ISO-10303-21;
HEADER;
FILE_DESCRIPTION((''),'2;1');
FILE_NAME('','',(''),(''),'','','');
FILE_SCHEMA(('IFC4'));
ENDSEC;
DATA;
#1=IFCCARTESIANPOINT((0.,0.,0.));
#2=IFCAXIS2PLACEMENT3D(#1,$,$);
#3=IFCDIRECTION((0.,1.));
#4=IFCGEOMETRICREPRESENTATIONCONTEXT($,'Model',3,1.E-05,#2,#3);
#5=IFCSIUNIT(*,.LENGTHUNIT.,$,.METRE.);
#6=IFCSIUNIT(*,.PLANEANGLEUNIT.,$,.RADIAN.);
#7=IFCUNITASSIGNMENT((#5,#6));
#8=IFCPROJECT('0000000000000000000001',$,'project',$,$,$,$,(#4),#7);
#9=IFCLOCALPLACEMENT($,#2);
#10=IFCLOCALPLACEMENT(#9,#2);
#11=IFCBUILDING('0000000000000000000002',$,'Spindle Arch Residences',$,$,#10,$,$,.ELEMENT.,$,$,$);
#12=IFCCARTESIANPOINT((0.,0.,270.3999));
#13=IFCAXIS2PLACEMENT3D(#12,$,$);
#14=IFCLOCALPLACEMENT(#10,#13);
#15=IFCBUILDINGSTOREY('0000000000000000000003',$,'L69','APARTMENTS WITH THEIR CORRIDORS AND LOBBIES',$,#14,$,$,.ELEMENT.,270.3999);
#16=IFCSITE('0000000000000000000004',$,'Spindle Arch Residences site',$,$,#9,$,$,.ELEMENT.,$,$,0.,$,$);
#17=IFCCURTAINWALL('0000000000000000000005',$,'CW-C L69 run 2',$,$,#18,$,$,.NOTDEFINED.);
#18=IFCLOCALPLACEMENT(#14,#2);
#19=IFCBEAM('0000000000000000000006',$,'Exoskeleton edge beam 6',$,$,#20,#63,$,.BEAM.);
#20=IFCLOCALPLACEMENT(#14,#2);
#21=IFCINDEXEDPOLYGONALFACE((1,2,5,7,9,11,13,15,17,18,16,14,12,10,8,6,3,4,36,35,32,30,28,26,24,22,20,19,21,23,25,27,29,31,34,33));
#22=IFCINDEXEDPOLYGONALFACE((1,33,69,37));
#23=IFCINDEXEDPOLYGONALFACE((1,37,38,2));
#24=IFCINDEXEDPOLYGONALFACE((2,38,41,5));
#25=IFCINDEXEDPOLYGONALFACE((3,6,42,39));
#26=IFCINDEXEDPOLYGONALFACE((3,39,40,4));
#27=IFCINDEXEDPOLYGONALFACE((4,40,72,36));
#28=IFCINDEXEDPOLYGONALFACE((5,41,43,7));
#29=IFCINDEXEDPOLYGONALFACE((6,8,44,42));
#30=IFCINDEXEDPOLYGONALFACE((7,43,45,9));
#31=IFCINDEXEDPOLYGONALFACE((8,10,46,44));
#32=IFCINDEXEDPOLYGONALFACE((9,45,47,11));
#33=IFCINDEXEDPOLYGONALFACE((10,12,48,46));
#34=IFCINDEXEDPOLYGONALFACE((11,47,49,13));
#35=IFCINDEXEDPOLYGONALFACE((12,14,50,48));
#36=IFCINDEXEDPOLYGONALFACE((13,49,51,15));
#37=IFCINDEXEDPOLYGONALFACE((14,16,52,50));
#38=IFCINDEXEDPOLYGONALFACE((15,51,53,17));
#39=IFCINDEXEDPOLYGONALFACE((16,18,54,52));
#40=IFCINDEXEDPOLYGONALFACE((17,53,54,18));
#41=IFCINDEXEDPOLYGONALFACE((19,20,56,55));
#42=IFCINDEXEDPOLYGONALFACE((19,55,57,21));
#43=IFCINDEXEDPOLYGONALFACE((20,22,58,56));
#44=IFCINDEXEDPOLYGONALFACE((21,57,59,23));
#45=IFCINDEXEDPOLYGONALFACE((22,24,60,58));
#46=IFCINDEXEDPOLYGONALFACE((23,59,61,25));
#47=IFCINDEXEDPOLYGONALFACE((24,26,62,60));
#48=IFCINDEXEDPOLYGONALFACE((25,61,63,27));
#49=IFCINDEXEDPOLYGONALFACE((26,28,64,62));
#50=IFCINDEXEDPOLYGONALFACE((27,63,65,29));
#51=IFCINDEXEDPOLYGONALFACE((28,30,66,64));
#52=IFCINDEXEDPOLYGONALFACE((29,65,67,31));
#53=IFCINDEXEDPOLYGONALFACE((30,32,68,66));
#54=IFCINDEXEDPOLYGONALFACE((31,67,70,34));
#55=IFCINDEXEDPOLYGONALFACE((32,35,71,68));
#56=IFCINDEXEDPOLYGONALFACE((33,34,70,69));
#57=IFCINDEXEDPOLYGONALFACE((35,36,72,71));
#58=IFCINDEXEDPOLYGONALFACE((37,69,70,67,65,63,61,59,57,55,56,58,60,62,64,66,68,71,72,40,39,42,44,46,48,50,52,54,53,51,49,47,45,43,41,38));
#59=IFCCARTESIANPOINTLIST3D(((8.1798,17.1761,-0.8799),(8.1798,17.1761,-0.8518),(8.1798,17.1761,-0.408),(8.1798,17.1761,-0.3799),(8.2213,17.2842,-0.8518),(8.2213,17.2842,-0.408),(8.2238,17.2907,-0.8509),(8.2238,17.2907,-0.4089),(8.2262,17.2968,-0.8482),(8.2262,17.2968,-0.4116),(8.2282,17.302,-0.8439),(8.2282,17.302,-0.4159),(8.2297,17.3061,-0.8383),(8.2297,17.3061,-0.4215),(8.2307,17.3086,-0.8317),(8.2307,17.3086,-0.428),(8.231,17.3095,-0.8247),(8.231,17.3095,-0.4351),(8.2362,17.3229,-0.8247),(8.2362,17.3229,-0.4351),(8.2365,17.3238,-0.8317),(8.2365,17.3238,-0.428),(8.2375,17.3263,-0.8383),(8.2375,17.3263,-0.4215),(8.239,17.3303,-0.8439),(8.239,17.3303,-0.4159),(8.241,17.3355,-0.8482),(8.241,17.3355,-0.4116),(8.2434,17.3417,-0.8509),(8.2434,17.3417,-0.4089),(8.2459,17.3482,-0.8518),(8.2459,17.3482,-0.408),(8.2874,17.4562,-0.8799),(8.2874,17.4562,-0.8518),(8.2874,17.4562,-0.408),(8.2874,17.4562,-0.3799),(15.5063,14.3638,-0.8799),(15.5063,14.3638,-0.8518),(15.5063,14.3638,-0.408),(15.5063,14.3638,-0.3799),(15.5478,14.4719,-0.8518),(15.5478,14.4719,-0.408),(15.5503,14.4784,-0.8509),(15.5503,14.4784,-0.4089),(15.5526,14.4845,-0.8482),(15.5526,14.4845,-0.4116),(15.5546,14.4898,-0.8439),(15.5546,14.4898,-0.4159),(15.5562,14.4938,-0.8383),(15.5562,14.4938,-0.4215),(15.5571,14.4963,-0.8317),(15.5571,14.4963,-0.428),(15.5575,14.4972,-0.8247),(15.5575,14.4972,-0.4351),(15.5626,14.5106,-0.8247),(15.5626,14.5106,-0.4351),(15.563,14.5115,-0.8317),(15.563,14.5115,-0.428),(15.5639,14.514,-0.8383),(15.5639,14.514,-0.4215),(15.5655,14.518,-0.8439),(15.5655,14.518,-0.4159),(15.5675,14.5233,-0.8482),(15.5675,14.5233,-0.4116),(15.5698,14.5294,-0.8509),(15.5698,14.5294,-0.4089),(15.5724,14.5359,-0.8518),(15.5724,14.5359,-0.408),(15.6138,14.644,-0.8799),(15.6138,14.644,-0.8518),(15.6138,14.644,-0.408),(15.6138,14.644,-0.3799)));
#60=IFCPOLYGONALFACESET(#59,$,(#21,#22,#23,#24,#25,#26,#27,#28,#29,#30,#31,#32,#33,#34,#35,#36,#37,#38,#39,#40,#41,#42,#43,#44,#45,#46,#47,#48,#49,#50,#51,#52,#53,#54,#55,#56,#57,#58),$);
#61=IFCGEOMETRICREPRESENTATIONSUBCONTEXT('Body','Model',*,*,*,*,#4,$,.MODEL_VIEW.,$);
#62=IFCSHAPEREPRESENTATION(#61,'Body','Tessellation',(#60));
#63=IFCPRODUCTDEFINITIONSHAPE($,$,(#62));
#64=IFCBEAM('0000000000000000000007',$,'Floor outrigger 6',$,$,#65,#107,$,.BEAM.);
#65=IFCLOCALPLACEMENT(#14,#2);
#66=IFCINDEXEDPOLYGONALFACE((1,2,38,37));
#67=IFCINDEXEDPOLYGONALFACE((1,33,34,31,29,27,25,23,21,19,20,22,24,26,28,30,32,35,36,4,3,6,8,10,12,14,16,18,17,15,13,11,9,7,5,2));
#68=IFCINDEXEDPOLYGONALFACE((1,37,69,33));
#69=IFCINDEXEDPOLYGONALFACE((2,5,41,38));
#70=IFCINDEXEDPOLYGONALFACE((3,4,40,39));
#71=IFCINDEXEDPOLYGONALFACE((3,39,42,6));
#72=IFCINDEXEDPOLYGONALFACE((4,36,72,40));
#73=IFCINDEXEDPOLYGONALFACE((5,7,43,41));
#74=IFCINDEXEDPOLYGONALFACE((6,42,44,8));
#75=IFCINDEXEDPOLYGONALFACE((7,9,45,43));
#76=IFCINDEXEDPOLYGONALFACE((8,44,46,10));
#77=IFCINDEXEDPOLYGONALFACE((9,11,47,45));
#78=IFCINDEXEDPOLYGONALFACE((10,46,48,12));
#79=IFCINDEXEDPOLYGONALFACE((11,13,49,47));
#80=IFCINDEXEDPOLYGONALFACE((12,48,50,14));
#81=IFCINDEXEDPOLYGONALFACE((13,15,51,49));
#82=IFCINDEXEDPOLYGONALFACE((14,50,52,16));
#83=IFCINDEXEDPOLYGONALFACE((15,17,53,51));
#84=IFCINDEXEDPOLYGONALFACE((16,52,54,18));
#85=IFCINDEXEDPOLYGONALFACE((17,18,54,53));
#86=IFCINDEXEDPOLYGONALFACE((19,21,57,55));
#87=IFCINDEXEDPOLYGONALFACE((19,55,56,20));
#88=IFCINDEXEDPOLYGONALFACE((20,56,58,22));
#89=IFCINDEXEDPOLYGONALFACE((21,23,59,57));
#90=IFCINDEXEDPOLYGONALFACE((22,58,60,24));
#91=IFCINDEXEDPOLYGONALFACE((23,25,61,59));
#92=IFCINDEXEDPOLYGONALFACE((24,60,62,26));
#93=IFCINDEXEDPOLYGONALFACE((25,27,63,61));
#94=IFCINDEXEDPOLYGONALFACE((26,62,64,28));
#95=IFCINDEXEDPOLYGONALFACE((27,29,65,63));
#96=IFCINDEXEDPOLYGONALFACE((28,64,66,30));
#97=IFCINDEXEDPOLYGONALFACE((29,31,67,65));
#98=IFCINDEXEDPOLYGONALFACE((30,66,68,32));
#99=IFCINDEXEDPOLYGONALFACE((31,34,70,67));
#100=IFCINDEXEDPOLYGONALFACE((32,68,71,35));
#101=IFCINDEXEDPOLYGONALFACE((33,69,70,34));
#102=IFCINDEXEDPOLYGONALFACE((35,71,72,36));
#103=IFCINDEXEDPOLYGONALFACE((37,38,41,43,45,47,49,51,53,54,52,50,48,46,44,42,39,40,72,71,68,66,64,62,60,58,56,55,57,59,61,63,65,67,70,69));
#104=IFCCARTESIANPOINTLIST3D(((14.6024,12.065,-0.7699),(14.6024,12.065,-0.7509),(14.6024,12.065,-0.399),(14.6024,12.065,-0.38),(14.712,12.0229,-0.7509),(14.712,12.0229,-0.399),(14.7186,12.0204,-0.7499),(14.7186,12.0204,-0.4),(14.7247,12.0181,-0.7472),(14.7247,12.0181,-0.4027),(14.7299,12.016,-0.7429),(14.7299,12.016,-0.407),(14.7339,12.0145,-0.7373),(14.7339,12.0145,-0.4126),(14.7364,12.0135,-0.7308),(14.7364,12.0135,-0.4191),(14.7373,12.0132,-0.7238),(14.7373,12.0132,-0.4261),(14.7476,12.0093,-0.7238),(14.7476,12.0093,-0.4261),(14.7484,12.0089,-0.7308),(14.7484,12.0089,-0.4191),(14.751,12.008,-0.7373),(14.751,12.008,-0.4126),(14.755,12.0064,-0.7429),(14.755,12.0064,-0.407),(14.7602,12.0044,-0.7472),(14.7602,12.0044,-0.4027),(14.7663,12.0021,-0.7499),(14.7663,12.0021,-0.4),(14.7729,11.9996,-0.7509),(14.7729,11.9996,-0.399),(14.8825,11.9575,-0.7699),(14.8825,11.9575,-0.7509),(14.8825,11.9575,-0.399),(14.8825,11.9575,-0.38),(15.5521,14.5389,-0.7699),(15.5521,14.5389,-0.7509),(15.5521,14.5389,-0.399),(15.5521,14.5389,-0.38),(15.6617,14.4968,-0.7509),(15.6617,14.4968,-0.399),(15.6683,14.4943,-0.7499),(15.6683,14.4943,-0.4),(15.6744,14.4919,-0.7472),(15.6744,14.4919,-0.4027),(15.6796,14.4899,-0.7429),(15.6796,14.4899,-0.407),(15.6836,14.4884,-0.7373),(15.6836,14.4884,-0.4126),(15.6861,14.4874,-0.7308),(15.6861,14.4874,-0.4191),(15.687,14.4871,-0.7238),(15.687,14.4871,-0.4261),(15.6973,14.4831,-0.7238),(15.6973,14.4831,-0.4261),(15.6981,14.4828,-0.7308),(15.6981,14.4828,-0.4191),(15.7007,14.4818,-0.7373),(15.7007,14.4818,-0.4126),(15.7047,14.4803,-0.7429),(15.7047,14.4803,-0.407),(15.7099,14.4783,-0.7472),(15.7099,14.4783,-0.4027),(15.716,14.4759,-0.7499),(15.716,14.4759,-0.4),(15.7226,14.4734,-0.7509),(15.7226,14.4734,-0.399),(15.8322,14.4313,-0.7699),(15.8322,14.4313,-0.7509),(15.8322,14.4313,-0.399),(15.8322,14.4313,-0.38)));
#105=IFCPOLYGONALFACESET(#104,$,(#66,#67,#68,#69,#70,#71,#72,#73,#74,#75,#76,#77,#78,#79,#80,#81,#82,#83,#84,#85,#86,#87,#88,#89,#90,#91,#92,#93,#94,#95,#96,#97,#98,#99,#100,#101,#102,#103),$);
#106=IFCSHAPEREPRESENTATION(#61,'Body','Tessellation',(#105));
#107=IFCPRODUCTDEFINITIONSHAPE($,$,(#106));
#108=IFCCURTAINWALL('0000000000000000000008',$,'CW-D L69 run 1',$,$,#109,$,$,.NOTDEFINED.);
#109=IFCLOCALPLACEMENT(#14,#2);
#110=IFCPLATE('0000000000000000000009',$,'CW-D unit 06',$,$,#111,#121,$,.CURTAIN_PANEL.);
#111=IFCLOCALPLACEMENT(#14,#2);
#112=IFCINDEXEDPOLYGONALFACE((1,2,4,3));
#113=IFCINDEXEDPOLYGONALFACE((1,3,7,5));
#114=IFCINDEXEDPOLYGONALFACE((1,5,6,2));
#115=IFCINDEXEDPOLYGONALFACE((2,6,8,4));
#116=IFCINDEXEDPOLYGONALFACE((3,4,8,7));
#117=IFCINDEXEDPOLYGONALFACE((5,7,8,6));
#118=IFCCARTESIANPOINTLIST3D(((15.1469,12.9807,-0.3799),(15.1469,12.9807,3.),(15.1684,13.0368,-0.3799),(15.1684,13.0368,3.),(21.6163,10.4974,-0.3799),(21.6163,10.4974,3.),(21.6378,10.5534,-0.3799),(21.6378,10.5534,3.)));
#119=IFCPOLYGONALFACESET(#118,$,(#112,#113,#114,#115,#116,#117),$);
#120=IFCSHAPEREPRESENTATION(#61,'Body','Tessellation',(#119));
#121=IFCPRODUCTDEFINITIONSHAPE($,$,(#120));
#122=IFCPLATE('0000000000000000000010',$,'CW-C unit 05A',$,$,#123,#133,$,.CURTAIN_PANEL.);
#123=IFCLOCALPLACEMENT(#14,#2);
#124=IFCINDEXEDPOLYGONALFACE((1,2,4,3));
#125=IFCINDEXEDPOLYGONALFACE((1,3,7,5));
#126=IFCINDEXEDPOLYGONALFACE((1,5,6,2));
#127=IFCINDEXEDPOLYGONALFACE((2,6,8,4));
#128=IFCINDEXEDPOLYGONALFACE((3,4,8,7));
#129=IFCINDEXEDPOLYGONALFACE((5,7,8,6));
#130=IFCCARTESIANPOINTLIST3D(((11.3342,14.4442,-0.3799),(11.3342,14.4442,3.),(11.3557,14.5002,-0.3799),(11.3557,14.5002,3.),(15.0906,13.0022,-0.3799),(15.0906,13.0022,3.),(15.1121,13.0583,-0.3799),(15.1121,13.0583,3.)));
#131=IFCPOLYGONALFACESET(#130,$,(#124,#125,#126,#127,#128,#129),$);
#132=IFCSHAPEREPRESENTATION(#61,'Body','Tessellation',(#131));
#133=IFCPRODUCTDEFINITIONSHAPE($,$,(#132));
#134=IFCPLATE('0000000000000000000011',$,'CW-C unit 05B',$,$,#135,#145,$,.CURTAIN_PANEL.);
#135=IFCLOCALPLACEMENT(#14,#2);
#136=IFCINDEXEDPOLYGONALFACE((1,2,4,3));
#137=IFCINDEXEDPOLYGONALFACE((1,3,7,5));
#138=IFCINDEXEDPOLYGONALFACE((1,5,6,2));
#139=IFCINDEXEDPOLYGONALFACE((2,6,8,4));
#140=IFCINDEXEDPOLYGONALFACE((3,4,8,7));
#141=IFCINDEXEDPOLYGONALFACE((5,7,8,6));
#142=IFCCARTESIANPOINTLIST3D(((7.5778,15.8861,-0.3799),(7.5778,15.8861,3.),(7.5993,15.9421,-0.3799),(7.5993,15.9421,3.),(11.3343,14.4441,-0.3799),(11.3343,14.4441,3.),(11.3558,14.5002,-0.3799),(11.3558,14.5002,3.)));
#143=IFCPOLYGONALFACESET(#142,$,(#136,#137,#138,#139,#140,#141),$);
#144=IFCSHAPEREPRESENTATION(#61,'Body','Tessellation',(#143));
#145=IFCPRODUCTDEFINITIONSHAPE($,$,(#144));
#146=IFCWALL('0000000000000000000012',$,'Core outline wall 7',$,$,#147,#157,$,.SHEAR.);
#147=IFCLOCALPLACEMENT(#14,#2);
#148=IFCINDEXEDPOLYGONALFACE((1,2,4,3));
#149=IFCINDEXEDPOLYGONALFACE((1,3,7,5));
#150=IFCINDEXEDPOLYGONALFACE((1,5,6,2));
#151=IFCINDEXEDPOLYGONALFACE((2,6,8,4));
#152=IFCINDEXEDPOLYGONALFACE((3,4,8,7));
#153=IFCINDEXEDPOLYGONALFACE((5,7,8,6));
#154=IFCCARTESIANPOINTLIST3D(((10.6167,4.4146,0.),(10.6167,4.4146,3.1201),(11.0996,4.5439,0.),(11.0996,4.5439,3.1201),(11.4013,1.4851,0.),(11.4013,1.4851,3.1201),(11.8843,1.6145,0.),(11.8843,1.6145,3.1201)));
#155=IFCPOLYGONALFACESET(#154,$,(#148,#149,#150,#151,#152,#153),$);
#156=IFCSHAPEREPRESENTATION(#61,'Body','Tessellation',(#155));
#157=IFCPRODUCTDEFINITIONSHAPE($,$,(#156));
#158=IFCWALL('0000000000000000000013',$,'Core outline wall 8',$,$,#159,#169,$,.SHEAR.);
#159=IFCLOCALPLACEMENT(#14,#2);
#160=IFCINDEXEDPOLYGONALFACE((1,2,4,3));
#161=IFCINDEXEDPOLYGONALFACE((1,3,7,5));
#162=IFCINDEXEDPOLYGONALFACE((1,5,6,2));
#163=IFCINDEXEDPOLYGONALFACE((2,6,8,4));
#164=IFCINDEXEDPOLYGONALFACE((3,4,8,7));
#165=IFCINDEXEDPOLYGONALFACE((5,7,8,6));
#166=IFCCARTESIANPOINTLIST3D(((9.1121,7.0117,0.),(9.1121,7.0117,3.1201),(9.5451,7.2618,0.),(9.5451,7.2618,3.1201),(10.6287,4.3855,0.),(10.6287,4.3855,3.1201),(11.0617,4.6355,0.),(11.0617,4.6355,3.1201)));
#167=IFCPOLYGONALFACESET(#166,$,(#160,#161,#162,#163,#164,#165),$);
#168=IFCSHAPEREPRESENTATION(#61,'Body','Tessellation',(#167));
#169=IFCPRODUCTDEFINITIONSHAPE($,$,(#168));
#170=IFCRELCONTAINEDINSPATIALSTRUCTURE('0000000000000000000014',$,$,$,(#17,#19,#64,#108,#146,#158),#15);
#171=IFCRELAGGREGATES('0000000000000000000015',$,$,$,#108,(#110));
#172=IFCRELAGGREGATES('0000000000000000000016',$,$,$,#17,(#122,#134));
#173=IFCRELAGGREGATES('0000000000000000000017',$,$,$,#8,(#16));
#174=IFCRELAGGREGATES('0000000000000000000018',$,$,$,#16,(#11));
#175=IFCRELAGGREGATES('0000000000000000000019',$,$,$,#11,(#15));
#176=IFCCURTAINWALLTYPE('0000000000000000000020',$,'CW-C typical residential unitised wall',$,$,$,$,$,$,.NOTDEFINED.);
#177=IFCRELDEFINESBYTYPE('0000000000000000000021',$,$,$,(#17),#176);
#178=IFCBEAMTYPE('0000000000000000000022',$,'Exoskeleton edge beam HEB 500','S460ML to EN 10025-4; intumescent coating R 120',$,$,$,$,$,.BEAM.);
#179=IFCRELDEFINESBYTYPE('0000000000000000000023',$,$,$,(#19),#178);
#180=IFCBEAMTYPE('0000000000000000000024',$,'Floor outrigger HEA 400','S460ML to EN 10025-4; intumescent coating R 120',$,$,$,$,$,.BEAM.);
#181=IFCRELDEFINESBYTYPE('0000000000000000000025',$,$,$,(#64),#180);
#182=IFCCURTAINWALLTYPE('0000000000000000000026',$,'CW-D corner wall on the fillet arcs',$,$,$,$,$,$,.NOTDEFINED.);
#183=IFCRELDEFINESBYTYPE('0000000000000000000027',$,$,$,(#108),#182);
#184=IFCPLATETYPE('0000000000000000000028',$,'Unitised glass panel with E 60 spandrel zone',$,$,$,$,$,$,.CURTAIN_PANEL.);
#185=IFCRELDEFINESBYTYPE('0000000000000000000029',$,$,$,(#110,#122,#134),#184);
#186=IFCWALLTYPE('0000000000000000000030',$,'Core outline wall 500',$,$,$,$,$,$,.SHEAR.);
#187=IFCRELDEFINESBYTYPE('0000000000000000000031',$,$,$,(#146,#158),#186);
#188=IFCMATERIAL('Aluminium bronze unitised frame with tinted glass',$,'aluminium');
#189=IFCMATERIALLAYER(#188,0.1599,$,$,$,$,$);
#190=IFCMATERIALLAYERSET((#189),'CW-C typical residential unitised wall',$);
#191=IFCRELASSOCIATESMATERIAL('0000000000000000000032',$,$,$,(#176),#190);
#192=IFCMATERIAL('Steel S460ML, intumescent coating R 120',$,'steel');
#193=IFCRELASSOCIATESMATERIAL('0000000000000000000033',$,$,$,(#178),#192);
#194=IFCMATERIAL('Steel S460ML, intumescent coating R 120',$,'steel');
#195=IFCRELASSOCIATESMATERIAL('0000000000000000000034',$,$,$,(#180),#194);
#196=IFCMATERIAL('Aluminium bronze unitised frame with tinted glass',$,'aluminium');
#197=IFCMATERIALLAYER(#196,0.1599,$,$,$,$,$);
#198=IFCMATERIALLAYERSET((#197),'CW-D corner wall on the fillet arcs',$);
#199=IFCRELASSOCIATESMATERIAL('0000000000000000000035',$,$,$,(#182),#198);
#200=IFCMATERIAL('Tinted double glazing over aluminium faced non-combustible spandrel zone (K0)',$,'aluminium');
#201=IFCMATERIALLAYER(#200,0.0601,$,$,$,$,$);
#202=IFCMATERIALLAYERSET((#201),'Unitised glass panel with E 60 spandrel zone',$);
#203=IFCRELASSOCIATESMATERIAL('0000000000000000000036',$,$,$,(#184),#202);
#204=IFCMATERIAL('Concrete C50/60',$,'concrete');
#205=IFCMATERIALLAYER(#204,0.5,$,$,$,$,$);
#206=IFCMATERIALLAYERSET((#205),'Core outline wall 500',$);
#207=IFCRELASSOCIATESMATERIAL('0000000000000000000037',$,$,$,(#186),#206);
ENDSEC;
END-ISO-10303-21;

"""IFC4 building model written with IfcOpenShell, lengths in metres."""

from ifc_helpers import new_model, si_unit, direction, frame, frame_2d, origin, origin_2d, place, context, subcontext, project, spatial, rectangle, i_section, extrude, material, layer, layer_set, material_profile, profile_set, type_object, element, aggregate, save


model = new_model("IFC4")

# Units and contexts
model_context = context("Model", 3, precision=1e-05, world=origin(), true_north=direction((0.0, 1.0)))
body_context = subcontext(model_context, "Body", "Model", "MODEL_VIEW")
ifc_project = project(units=[si_unit("LENGTHUNIT", "METRE"), si_unit("PLANEANGLEUNIT", "RADIAN")], contexts=[model_context])

# Site, building, storey
site_placement = place(None, origin())
site = spatial("IfcSite", under=ifc_project, at=site_placement, Name="Spindle Arch Residences site", CompositionType="ELEMENT", RefElevation=0.0)
building_placement = place(site_placement, origin())
building = spatial("IfcBuilding", under=site, at=building_placement, Name="Spindle Arch Residences", CompositionType="ELEMENT")
storey_placement = place(building_placement, frame((0.0, 0.0, 270.3999)))
storey = spatial("IfcBuildingStorey", under=building, at=storey_placement, Name="L69", Description="APARTMENTS WITH THEIR CORRIDORS AND LOBBIES", CompositionType="ELEMENT", Elevation=270.3999)

# Curtain wall
ifc_material_1 = material(Name="Aluminium bronze unitised frame with tinted glass", Category="aluminium")
ifc_layer_1 = layer(ifc_material_1, 0.1599)
ifc_layer_set_1 = layer_set([ifc_layer_1], Name="CW-C typical residential unitised wall")
curtain_wall_type_1 = type_object("IfcCurtainWallType", Name="CW-C typical residential unitised wall", PredefinedType="NOTDEFINED", material=ifc_layer_set_1)
curtain_wall_1_placement = place(storey_placement, origin())
curtain_wall_1 = element("IfcCurtainWall", 1, at=curtain_wall_1_placement, inside=storey, type_object=curtain_wall_type_1, Name="CW-C L69 run 2", PredefinedType="NOTDEFINED")

# Beams
ifc_material_2 = material(Name="Steel S460ML, intumescent coating R 120", Category="steel")
ifc_material_profile_1 = material_profile(ifc_material_2, i_section(OverallWidth=0.3, OverallDepth=0.5, WebThickness=0.0144, FlangeThickness=0.0281, FilletRadius=0.0271, at=origin_2d()), Name="HEB 500")
ifc_profile_set_1 = profile_set([ifc_material_profile_1], Name="Steel S460ML, intumescent coating R 120")
beam_type_1 = type_object("IfcBeamType", Name="Exoskeleton edge beam HEB 500", Description="S460ML to EN 10025-4; intumescent coating R 120", PredefinedType="BEAM", material=ifc_profile_set_1)
beam_1_placement = place(storey_placement, frame((15.5601, 14.5039, -0.6299), z_axis=(-0.933584, 0.358358, 0.0), x_axis=(-0.358358, -0.933584, 0.0)))
element("IfcBeam", 2, at=beam_1_placement, inside=storey, type_object=beam_type_1, Name="Exoskeleton edge beam 6", PredefinedType="BEAM", context=body_context, shape_type="SweptSolid", body=[
    extrude(i_section(OverallWidth=0.3, OverallDepth=0.5, WebThickness=0.0144, FlangeThickness=0.0281, FilletRadius=0.0271, at=origin_2d()), origin(), (0.0, 0.0, 1.0), 7.8477),
])
ifc_material_3 = material(Name="Steel S460ML, intumescent coating R 120", Category="steel")
ifc_material_profile_2 = material_profile(ifc_material_3, i_section(OverallWidth=0.3, OverallDepth=0.3899, WebThickness=0.011, FlangeThickness=0.019, FilletRadius=0.0271, at=origin_2d()), Name="HEA 400")
ifc_profile_set_2 = profile_set([ifc_material_profile_2], Name="Steel S460ML, intumescent coating R 120")
beam_type_2 = type_object("IfcBeamType", Name="Floor outrigger HEA 400", Description="S460ML to EN 10025-4; intumescent coating R 120", PredefinedType="BEAM", material=ifc_profile_set_2)
beam_2_placement = place(storey_placement, frame((15.6921, 14.4851, -0.575), z_axis=(-0.358392, -0.933571, 0.0), x_axis=(0.933571, -0.358392, 0.0)))
element("IfcBeam", 3, at=beam_2_placement, inside=storey, type_object=beam_type_2, Name="Floor outrigger 6", PredefinedType="BEAM", context=body_context, shape_type="SweptSolid", body=[
    extrude(i_section(OverallWidth=0.3, OverallDepth=0.3899, WebThickness=0.011, FlangeThickness=0.019, FilletRadius=0.0271, at=origin_2d()), origin(), (0.0, 0.0, 1.0), 2.6499),
])

# Curtain wall, plate
ifc_material_4 = material(Name="Aluminium bronze unitised frame with tinted glass", Category="aluminium")
ifc_layer_2 = layer(ifc_material_4, 0.1599)
ifc_layer_set_2 = layer_set([ifc_layer_2], Name="CW-D corner wall on the fillet arcs")
curtain_wall_type_2 = type_object("IfcCurtainWallType", Name="CW-D corner wall on the fillet arcs", PredefinedType="NOTDEFINED", material=ifc_layer_set_2)
curtain_wall_2_placement = place(storey_placement, origin())
curtain_wall_2 = element("IfcCurtainWall", 4, at=curtain_wall_2_placement, inside=storey, type_object=curtain_wall_type_2, Name="CW-D L69 run 1", PredefinedType="NOTDEFINED")
ifc_material_5 = material(Name="Tinted double glazing over aluminium faced non-combustible spandrel zone (K0)", Category="aluminium")
ifc_layer_3 = layer(ifc_material_5, 0.0601)
ifc_layer_set_3 = layer_set([ifc_layer_3], Name="Unitised glass panel with E 60 spandrel zone")
plate_type = type_object("IfcPlateType", Name="Unitised glass panel with E 60 spandrel zone", PredefinedType="CURTAIN_PANEL", material=ifc_layer_set_3)
plate_1_placement = place(storey_placement, frame((18.3923, 11.7671, -0.3799), z_axis=(0.0, 0.0, 1.0), x_axis=(-0.93358, 0.358368, 0.0)))
plate_1 = element("IfcPlate", 5, at=plate_1_placement, type_object=plate_type, Name="CW-D unit 06", PredefinedType="CURTAIN_PANEL", context=body_context, shape_type="SweptSolid", body=[
    extrude(rectangle(XDim=6.9297, YDim=0.0601, at=origin_2d()), origin(), (0.0, 0.0, 1.0), 3.3799),
])
aggregate(curtain_wall_2, [plate_1])

# Plates
plate_2_placement = place(storey_placement, frame((13.2231, 13.7512, -0.3799), z_axis=(0.0, 0.0, 1.0), x_axis=(-0.93358, 0.358368, 0.0)))
plate_2 = element("IfcPlate", 6, at=plate_2_placement, type_object=plate_type, Name="CW-C unit 05A", PredefinedType="CURTAIN_PANEL", context=body_context, shape_type="SweptSolid", body=[
    extrude(rectangle(XDim=4.0237, YDim=0.0601, at=origin_2d()), origin(), (0.0, 0.0, 1.0), 3.3799),
])
plate_3_placement = place(storey_placement, frame((9.4668, 15.1931, -0.3799), z_axis=(0.0, 0.0, 1.0), x_axis=(-0.93358, 0.358368, 0.0)))
plate_3 = element("IfcPlate", 7, at=plate_3_placement, type_object=plate_type, Name="CW-C unit 05B", PredefinedType="CURTAIN_PANEL", context=body_context, shape_type="SweptSolid", body=[
    extrude(rectangle(XDim=4.0237, YDim=0.0601, at=origin_2d()), origin(), (0.0, 0.0, 1.0), 3.3799),
])
aggregate(curtain_wall_1, [plate_2, plate_3])

# Walls
ifc_material_6 = material(Name="Concrete C50/60", Category="concrete")
ifc_layer_4 = layer(ifc_material_6, 0.5)
ifc_layer_set_4 = layer_set([ifc_layer_4], Name="Core outline wall 500")
wall_type_1 = type_object("IfcWallType", Name="Core outline wall 500", PredefinedType="SHEAR", material=ifc_layer_set_4)
for number, where, z_axis, x_axis, name in (
    (8, (11.6428, 1.5498, 0.0), (0.0, 0.0, 1.0), (-0.258735, 0.965948, 0.0), "Core outline wall 7"),
    (9, (10.8452, 4.5105, 0.0), (0.0, 0.0, 1.0), (-0.500087, 0.865975, 0.0), "Core outline wall 8"),
):
    element("IfcWall", number, at=place(storey_placement, frame(where, z_axis=z_axis, x_axis=x_axis)), inside=storey, type_object=wall_type_1, Name=name, PredefinedType="SHEAR", context=body_context, shape_type="SweptSolid", body=[
        extrude(rectangle(XDim=3.0327, YDim=0.5, at=frame_2d((1.5164, 0.0))), origin(), (0.0, 0.0, 1.0), 3.1201),
    ])

save(model, "model.ifc")
